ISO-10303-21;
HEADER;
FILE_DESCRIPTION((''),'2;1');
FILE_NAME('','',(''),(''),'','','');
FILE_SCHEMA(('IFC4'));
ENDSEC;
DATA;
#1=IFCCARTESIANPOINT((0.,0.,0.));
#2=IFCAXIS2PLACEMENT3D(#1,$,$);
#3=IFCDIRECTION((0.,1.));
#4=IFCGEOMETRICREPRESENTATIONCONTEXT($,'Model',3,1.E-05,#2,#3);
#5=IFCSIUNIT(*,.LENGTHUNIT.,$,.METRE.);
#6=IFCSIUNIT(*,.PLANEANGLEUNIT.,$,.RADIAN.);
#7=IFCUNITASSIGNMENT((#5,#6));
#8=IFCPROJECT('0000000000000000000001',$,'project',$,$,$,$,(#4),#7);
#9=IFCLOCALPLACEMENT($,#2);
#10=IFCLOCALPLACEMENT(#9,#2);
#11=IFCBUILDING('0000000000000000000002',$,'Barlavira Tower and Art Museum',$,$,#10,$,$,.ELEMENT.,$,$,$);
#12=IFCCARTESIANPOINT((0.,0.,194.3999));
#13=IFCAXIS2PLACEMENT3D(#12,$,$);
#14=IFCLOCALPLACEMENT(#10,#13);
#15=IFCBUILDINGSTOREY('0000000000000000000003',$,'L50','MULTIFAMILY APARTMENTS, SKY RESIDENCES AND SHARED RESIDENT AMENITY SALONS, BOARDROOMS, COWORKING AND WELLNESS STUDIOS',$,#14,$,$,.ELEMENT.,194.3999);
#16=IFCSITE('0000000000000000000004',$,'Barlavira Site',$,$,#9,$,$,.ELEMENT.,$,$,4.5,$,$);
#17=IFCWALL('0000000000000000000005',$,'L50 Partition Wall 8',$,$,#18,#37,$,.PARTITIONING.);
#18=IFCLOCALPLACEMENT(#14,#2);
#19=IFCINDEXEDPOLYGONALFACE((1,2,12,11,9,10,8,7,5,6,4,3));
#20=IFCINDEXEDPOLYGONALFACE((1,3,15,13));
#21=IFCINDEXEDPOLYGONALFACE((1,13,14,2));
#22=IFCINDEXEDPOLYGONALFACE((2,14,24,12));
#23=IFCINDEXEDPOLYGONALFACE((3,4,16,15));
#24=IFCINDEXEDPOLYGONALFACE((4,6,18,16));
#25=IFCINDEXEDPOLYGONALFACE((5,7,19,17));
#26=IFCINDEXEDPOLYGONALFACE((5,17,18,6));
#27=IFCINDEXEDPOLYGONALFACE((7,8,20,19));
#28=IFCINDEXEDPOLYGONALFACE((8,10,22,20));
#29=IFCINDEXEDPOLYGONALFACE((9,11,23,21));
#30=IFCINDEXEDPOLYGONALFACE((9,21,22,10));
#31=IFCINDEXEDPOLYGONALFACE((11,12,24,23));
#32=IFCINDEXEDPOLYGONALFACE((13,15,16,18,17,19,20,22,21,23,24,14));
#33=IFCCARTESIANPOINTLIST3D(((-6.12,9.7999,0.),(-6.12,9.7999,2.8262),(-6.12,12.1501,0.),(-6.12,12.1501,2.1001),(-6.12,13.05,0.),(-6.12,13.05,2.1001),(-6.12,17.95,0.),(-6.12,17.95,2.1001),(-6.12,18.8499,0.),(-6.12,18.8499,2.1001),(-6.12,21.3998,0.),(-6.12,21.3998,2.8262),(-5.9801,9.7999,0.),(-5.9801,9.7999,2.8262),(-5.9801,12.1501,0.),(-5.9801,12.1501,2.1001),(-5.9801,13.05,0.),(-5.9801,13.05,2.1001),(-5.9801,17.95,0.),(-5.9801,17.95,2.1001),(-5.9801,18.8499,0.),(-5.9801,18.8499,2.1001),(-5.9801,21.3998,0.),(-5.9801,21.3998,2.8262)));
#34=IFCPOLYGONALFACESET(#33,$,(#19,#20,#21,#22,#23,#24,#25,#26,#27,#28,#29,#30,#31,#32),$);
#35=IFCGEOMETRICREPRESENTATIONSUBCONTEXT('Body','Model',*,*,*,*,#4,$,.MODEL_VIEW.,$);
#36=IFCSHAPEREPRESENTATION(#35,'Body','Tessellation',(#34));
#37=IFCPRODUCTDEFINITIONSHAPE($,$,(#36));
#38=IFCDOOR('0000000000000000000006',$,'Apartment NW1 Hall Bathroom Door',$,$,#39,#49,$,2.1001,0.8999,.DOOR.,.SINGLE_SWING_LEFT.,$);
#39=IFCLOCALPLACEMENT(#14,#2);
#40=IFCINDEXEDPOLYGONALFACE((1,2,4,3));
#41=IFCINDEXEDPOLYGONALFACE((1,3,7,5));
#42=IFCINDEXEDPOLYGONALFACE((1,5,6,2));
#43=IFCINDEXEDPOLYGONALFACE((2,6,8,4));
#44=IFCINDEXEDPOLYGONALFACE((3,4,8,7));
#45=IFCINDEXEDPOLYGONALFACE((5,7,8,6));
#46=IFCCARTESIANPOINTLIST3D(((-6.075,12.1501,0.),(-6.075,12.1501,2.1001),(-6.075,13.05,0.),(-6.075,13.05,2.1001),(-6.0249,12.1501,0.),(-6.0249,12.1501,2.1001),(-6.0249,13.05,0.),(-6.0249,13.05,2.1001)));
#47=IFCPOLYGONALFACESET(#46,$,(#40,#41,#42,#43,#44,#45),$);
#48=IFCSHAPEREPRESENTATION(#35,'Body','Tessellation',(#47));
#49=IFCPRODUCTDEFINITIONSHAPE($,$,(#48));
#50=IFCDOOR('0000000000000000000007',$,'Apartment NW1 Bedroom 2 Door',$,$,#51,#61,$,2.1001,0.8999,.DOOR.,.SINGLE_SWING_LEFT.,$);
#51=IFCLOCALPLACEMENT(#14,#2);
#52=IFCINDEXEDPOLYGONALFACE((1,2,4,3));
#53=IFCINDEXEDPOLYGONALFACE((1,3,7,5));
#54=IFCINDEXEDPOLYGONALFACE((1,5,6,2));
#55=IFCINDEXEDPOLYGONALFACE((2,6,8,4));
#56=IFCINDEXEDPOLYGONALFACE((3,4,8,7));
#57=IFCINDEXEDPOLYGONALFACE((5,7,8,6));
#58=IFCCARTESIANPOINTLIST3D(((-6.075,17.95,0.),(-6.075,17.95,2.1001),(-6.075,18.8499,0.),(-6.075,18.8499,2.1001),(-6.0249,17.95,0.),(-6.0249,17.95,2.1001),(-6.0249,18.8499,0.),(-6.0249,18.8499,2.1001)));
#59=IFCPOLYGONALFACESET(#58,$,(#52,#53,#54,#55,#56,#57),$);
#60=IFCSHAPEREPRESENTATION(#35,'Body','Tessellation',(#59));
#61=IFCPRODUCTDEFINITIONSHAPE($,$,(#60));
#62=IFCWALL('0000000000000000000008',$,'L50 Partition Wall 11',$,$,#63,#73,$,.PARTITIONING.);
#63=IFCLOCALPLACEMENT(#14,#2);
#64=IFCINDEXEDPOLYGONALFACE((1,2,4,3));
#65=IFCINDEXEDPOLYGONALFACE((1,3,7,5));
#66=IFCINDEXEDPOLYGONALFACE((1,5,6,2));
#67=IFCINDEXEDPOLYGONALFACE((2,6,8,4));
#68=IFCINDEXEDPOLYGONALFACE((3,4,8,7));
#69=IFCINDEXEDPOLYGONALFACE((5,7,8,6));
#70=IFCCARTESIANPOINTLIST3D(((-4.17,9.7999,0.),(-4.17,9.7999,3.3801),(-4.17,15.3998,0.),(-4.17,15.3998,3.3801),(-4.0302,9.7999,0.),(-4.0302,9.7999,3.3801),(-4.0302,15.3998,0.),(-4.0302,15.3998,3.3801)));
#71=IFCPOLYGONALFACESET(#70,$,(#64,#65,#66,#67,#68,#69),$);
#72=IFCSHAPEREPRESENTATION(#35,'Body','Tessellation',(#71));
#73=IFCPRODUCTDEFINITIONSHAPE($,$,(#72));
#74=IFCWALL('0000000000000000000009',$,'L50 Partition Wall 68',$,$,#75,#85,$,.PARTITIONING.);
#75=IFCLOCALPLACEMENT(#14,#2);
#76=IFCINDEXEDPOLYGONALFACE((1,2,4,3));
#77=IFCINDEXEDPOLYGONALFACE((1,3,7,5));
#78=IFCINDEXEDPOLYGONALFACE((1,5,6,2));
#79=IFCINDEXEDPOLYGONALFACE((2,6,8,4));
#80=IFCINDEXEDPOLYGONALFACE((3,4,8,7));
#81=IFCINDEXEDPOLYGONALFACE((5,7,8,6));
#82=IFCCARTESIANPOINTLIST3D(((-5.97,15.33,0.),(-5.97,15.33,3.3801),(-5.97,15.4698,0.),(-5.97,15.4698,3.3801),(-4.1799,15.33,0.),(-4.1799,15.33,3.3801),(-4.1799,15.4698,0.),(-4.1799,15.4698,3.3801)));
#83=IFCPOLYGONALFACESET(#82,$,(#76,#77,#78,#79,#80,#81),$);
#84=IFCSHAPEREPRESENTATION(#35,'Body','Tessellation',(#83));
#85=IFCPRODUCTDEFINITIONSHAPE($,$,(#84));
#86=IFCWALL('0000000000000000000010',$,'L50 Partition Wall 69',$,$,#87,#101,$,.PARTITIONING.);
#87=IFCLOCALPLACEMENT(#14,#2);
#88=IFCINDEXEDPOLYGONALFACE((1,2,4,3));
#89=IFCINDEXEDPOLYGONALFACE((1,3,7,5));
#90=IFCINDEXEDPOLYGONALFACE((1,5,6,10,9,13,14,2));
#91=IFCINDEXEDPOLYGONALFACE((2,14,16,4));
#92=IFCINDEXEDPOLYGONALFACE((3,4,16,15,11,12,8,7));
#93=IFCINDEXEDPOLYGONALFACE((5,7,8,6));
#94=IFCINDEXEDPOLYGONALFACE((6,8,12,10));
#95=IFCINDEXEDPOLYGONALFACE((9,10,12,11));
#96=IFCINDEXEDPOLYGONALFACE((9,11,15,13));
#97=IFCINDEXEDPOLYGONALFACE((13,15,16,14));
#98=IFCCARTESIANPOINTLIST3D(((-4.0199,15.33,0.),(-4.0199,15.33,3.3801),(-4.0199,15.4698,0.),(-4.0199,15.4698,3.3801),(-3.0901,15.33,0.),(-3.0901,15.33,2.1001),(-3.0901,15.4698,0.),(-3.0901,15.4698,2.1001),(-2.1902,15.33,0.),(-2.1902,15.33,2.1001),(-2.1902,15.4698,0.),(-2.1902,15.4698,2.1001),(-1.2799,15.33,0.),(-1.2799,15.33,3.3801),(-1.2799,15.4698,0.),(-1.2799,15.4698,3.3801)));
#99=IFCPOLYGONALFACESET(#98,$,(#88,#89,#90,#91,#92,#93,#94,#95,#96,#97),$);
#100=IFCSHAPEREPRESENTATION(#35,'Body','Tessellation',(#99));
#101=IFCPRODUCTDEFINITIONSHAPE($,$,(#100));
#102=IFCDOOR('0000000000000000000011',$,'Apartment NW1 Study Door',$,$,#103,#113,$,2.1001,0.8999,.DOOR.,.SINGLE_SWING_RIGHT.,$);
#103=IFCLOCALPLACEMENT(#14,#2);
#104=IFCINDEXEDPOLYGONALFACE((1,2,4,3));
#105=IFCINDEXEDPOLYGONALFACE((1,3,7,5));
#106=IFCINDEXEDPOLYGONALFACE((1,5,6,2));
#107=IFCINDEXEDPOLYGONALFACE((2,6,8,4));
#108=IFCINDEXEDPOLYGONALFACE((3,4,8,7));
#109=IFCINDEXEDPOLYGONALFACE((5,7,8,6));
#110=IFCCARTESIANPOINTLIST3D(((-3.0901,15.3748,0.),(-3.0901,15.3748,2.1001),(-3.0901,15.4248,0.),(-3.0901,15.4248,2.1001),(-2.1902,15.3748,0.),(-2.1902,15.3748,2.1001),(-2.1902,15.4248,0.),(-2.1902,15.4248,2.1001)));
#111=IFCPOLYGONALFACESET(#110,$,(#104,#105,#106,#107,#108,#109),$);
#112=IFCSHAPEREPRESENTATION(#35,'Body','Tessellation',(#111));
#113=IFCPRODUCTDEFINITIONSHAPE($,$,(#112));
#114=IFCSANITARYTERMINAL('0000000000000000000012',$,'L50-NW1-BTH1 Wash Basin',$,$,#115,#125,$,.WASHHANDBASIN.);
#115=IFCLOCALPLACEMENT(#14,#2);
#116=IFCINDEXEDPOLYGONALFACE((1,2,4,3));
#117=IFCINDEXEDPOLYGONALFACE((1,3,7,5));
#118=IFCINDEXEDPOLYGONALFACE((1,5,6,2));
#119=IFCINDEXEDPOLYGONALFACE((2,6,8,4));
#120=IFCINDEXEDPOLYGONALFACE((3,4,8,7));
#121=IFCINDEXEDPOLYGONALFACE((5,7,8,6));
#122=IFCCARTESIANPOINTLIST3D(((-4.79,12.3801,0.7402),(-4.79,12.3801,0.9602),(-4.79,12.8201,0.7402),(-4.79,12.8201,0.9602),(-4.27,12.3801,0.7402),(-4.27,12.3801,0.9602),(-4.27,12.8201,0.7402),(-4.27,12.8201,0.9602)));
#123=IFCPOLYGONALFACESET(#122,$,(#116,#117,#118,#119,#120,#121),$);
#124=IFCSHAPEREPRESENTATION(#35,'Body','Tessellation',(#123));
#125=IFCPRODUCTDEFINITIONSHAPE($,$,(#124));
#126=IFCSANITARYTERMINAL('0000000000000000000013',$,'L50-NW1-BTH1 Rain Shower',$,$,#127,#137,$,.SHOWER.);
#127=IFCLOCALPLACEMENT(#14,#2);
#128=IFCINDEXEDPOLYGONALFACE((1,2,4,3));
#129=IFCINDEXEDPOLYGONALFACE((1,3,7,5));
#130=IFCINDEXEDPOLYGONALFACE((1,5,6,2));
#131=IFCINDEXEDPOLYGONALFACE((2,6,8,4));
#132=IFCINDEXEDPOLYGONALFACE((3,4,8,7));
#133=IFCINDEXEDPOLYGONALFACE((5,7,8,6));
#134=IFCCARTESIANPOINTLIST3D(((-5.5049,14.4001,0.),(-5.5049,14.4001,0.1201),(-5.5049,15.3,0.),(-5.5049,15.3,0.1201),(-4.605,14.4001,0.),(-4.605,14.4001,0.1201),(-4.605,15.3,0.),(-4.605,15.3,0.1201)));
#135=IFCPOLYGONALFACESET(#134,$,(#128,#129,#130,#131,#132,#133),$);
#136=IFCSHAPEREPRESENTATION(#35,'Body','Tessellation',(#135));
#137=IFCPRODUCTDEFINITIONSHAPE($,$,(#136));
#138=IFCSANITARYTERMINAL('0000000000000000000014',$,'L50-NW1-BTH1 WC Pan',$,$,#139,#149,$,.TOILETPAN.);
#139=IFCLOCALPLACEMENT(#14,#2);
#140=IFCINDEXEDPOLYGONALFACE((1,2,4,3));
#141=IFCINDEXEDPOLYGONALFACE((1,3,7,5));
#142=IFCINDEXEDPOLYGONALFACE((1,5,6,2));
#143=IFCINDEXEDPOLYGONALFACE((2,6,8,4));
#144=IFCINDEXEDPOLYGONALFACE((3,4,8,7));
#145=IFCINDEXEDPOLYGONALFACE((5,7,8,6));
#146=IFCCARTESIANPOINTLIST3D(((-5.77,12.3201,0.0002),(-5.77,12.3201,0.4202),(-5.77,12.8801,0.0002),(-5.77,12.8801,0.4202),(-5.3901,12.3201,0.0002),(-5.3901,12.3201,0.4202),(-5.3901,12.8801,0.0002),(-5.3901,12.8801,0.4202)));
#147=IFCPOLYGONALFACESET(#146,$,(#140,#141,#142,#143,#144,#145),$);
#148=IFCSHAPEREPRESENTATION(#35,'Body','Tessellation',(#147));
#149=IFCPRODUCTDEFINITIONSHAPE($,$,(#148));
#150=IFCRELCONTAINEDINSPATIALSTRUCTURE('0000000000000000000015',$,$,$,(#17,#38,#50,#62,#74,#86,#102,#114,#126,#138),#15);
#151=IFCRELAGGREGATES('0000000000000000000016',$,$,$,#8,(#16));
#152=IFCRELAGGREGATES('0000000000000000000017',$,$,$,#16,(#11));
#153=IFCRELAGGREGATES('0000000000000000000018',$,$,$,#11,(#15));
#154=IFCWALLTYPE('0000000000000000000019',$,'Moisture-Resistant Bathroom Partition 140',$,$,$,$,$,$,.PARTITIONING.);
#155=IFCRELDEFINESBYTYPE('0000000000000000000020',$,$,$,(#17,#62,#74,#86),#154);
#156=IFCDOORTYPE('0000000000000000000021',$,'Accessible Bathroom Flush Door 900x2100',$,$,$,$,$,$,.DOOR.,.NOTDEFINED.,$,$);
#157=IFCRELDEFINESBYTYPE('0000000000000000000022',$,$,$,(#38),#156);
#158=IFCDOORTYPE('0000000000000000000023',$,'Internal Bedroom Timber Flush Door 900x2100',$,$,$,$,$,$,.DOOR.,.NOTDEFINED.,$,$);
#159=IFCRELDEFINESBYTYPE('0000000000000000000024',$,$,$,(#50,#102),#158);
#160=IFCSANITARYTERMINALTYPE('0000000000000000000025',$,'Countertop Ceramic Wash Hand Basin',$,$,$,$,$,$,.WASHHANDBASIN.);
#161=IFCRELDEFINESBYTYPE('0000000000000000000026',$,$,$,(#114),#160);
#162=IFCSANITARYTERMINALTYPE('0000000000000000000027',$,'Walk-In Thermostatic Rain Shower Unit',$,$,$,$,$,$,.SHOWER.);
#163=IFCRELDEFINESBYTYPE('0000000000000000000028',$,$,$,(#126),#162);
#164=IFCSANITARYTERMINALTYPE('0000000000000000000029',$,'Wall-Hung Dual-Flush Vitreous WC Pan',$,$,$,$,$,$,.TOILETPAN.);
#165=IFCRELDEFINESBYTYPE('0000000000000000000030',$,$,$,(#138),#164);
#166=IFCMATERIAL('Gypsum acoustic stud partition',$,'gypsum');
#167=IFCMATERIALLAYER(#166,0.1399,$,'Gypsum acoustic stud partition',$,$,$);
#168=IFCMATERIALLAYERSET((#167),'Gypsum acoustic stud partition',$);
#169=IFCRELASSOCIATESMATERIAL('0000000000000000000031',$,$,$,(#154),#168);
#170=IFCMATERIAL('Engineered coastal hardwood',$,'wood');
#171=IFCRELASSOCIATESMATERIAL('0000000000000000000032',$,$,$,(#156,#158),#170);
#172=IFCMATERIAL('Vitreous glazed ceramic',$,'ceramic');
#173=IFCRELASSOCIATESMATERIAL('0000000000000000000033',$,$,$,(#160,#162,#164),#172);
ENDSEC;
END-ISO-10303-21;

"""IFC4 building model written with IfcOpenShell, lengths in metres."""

from ifc_helpers import new_model, si_unit, direction, frame, frame_2d, origin, origin_2d, place, context, subcontext, project, spatial, rectangle, extrude, material, layer, layer_set, type_object, element, fill, save


model = new_model("IFC4")

# Units and contexts
model_context = context("Model", 3, precision=1e-05, world=origin(), true_north=direction((0.0, 1.0)))
body_context = subcontext(model_context, "Body", "Model", "MODEL_VIEW")
ifc_project = project(units=[si_unit("LENGTHUNIT", "METRE"), si_unit("PLANEANGLEUNIT", "RADIAN")], contexts=[model_context])

# Site, building, storey
site_placement = place(None, origin())
site = spatial("IfcSite", under=ifc_project, at=site_placement, Name="Barlavira Site", CompositionType="ELEMENT", RefElevation=4.5)
building_placement = place(site_placement, origin())
building = spatial("IfcBuilding", under=site, at=building_placement, Name="Barlavira Tower and Art Museum", CompositionType="ELEMENT")
storey_placement = place(building_placement, frame((0.0, 0.0, 194.3999)))
storey = spatial("IfcBuildingStorey", under=building, at=storey_placement, Name="L50", Description="MULTIFAMILY APARTMENTS, SKY RESIDENCES AND SHARED RESIDENT AMENITY SALONS, BOARDROOMS, COWORKING AND WELLNESS STUDIOS", CompositionType="ELEMENT", Elevation=194.3999)

# Shared definitions
ifc_material_1 = material(Name="Gypsum acoustic stud partition", Category="gypsum")

# Wall, openings, doors
ifc_layer_1 = layer(ifc_material_1, 0.1399, Name="Gypsum acoustic stud partition")
ifc_layer_set_1 = layer_set([ifc_layer_1], Name="Gypsum acoustic stud partition")
wall_type_1 = type_object("IfcWallType", Name="Moisture-Resistant Bathroom Partition 140", PredefinedType="PARTITIONING", material=ifc_layer_set_1)
wall_1_placement = place(storey_placement, frame((-6.05, 9.8, 0.0), z_axis=(0.0, 0.0, 1.0), x_axis=(0.0, 1.0, 0.0)))
wall_1 = element("IfcWall", 1, at=wall_1_placement, inside=storey, type_object=wall_type_1, Name="L50 Partition Wall 8", PredefinedType="PARTITIONING", context=body_context, shape_type="SweptSolid", body=[
    extrude(rectangle(XDim=11.5999, YDim=0.1399, at=frame_2d((5.7998, 0.0))), origin(), (0.0, 0.0, 1.0), 2.8262),
])
opening_1_placement = place(wall_1_placement, frame((2.3501, 0.0, 0.0)))
opening_1 = element("IfcOpeningElement", 2, at=opening_1_placement, cuts=wall_1, PredefinedType="OPENING", context=body_context, shape_type="SweptSolid", body=[
    extrude(rectangle(XDim=0.8999, YDim=2.1001, at=frame_2d((0.45, 1.05))), frame((0.0, 0.0801, 0.0), z_axis=(0.0, -1.0, 0.0), x_axis=(1.0, 0.0, 0.0)), (0.0, 0.0, 1.0), 0.1599),
])
opening_2_placement = place(wall_1_placement, frame((8.1499, 0.0, 0.0)))
opening_2 = element("IfcOpeningElement", 3, at=opening_2_placement, cuts=wall_1, PredefinedType="OPENING", context=body_context, shape_type="SweptSolid", body=[
    extrude(rectangle(XDim=0.8999, YDim=2.1001, at=frame_2d((0.45, 1.05))), frame((0.0, 0.0801, 0.0), z_axis=(0.0, -1.0, 0.0), x_axis=(1.0, 0.0, 0.0)), (0.0, 0.0, 1.0), 0.1599),
])
ifc_material_2 = material(Name="Engineered coastal hardwood", Category="wood")
door_type_1 = type_object("IfcDoorType", Name="Accessible Bathroom Flush Door 900x2100", OperationType="NOTDEFINED", PredefinedType="DOOR", material=ifc_material_2)
door_1_placement = place(opening_1_placement, origin())
door_1 = element("IfcDoor", 4, at=door_1_placement, inside=storey, type_object=door_type_1, Name="Apartment NW1 Hall Bathroom Door", OperationType="SINGLE_SWING_LEFT", OverallHeight=2.1001, OverallWidth=0.8999, PredefinedType="DOOR", context=body_context, shape_type="SweptSolid", body=[
    extrude(rectangle(XDim=0.8999, YDim=2.1001, at=frame_2d((0.45, 1.05))), frame((0.0, 0.0249, 0.0), z_axis=(0.0, -1.0, 0.0), x_axis=(1.0, 0.0, 0.0)), (0.0, 0.0, 1.0), 0.05),
])
fill(opening_1, door_1)
door_type_2 = type_object("IfcDoorType", Name="Internal Bedroom Timber Flush Door 900x2100", OperationType="NOTDEFINED", PredefinedType="DOOR", material=ifc_material_2)
door_2_placement = place(opening_2_placement, origin())
door_2 = element("IfcDoor", 5, at=door_2_placement, inside=storey, type_object=door_type_2, Name="Apartment NW1 Bedroom 2 Door", OperationType="SINGLE_SWING_LEFT", OverallHeight=2.1001, OverallWidth=0.8999, PredefinedType="DOOR", context=body_context, shape_type="SweptSolid", body=[
    extrude(rectangle(XDim=0.8999, YDim=2.1001, at=frame_2d((0.45, 1.05))), frame((0.0, 0.0249, 0.0), z_axis=(0.0, -1.0, 0.0), x_axis=(1.0, 0.0, 0.0)), (0.0, 0.0, 1.0), 0.05),
])
fill(opening_2, door_2)

# Walls
wall_2_placement = place(storey_placement, frame((-4.1001, 9.8, 0.0), z_axis=(0.0, 0.0, 1.0), x_axis=(0.0, 1.0, 0.0)))
element("IfcWall", 6, at=wall_2_placement, inside=storey, type_object=wall_type_1, Name="L50 Partition Wall 11", PredefinedType="PARTITIONING", context=body_context, shape_type="SweptSolid", body=[
    extrude(rectangle(XDim=5.5999, YDim=0.1399, at=frame_2d((2.7998, 0.0))), origin(), (0.0, 0.0, 1.0), 3.3801),
])
wall_3_placement = place(storey_placement, frame((-5.97, 15.3999, 0.0), z_axis=(0.0, 0.0, 1.0), x_axis=(1.0, 0.0, 0.0)))
element("IfcWall", 7, at=wall_3_placement, inside=storey, type_object=wall_type_1, Name="L50 Partition Wall 68", PredefinedType="PARTITIONING", context=body_context, shape_type="SweptSolid", body=[
    extrude(rectangle(XDim=1.79, YDim=0.1399, at=frame_2d((0.895, 0.0))), origin(), (0.0, 0.0, 1.0), 3.3801),
])

# Wall, opening, door
wall_4_placement = place(storey_placement, frame((-4.02, 15.3999, 0.0), z_axis=(0.0, 0.0, 1.0), x_axis=(1.0, 0.0, 0.0)))
wall_4 = element("IfcWall", 8, at=wall_4_placement, inside=storey, type_object=wall_type_1, Name="L50 Partition Wall 69", PredefinedType="PARTITIONING", context=body_context, shape_type="SweptSolid", body=[
    extrude(rectangle(XDim=2.74, YDim=0.1399, at=frame_2d((1.3701, 0.0))), origin(), (0.0, 0.0, 1.0), 3.3801),
])
opening_3_placement = place(wall_4_placement, frame((0.9299, 0.0, 0.0)))
opening_3 = element("IfcOpeningElement", 9, at=opening_3_placement, cuts=wall_4, PredefinedType="OPENING", context=body_context, shape_type="SweptSolid", body=[
    extrude(rectangle(XDim=0.8999, YDim=2.1001, at=frame_2d((0.45, 1.05))), frame((0.0, 0.0801, 0.0), z_axis=(0.0, -1.0, 0.0), x_axis=(1.0, 0.0, 0.0)), (0.0, 0.0, 1.0), 0.1599),
])
door_3_placement = place(opening_3_placement, origin())
door_3 = element("IfcDoor", 10, at=door_3_placement, inside=storey, type_object=door_type_2, Name="Apartment NW1 Study Door", OperationType="SINGLE_SWING_RIGHT", OverallHeight=2.1001, OverallWidth=0.8999, PredefinedType="DOOR", context=body_context, shape_type="SweptSolid", body=[
    extrude(rectangle(XDim=0.8999, YDim=2.1001, at=frame_2d((0.45, 1.05))), frame((0.0, 0.0249, 0.0), z_axis=(0.0, -1.0, 0.0), x_axis=(1.0, 0.0, 0.0)), (0.0, 0.0, 1.0), 0.05),
])
fill(opening_3, door_3)

# Sanitary terminals
ifc_material_3 = material(Name="Vitreous glazed ceramic", Category="ceramic")
sanitary_terminal_type_1 = type_object("IfcSanitaryTerminalType", Name="Countertop Ceramic Wash Hand Basin", PredefinedType="WASHHANDBASIN", material=ifc_material_3)
sanitary_terminal_1_placement = place(storey_placement, frame((-4.53, 12.6001, 0.7402), z_axis=(0.0, 0.0, 1.0), x_axis=(1.0, 0.0, 0.0)))
element("IfcSanitaryTerminal", 11, at=sanitary_terminal_1_placement, inside=storey, type_object=sanitary_terminal_type_1, Name="L50-NW1-BTH1 Wash Basin", PredefinedType="WASHHANDBASIN", context=body_context, shape_type="SweptSolid", body=[
    extrude(rectangle(XDim=0.52, YDim=0.4399, at=origin_2d()), origin(), (0.0, 0.0, 1.0), 0.22),
])
sanitary_terminal_type_2 = type_object("IfcSanitaryTerminalType", Name="Walk-In Thermostatic Rain Shower Unit", PredefinedType="SHOWER", material=ifc_material_3)
sanitary_terminal_2_placement = place(storey_placement, frame((-5.0549, 14.8501, 0.0), z_axis=(0.0, 0.0, 1.0), x_axis=(1.0, 0.0, 0.0)))
element("IfcSanitaryTerminal", 12, at=sanitary_terminal_2_placement, inside=storey, type_object=sanitary_terminal_type_2, Name="L50-NW1-BTH1 Rain Shower", PredefinedType="SHOWER", context=body_context, shape_type="SweptSolid", body=[
    extrude(rectangle(XDim=0.8999, YDim=0.8999, at=origin_2d()), origin(), (0.0, 0.0, 1.0), 0.1201),
])
sanitary_terminal_type_3 = type_object("IfcSanitaryTerminalType", Name="Wall-Hung Dual-Flush Vitreous WC Pan", PredefinedType="TOILETPAN", material=ifc_material_3)
sanitary_terminal_3_placement = place(storey_placement, frame((-5.5801, 12.6001, 0.0002), z_axis=(0.0, 0.0, 1.0), x_axis=(1.0, 0.0, 0.0)))
element("IfcSanitaryTerminal", 13, at=sanitary_terminal_3_placement, inside=storey, type_object=sanitary_terminal_type_3, Name="L50-NW1-BTH1 WC Pan", PredefinedType="TOILETPAN", context=body_context, shape_type="SweptSolid", body=[
    extrude(rectangle(XDim=0.3799, YDim=0.5601, at=origin_2d()), origin(), (0.0, 0.0, 1.0), 0.4199),
])

save(model, "model.ifc")
